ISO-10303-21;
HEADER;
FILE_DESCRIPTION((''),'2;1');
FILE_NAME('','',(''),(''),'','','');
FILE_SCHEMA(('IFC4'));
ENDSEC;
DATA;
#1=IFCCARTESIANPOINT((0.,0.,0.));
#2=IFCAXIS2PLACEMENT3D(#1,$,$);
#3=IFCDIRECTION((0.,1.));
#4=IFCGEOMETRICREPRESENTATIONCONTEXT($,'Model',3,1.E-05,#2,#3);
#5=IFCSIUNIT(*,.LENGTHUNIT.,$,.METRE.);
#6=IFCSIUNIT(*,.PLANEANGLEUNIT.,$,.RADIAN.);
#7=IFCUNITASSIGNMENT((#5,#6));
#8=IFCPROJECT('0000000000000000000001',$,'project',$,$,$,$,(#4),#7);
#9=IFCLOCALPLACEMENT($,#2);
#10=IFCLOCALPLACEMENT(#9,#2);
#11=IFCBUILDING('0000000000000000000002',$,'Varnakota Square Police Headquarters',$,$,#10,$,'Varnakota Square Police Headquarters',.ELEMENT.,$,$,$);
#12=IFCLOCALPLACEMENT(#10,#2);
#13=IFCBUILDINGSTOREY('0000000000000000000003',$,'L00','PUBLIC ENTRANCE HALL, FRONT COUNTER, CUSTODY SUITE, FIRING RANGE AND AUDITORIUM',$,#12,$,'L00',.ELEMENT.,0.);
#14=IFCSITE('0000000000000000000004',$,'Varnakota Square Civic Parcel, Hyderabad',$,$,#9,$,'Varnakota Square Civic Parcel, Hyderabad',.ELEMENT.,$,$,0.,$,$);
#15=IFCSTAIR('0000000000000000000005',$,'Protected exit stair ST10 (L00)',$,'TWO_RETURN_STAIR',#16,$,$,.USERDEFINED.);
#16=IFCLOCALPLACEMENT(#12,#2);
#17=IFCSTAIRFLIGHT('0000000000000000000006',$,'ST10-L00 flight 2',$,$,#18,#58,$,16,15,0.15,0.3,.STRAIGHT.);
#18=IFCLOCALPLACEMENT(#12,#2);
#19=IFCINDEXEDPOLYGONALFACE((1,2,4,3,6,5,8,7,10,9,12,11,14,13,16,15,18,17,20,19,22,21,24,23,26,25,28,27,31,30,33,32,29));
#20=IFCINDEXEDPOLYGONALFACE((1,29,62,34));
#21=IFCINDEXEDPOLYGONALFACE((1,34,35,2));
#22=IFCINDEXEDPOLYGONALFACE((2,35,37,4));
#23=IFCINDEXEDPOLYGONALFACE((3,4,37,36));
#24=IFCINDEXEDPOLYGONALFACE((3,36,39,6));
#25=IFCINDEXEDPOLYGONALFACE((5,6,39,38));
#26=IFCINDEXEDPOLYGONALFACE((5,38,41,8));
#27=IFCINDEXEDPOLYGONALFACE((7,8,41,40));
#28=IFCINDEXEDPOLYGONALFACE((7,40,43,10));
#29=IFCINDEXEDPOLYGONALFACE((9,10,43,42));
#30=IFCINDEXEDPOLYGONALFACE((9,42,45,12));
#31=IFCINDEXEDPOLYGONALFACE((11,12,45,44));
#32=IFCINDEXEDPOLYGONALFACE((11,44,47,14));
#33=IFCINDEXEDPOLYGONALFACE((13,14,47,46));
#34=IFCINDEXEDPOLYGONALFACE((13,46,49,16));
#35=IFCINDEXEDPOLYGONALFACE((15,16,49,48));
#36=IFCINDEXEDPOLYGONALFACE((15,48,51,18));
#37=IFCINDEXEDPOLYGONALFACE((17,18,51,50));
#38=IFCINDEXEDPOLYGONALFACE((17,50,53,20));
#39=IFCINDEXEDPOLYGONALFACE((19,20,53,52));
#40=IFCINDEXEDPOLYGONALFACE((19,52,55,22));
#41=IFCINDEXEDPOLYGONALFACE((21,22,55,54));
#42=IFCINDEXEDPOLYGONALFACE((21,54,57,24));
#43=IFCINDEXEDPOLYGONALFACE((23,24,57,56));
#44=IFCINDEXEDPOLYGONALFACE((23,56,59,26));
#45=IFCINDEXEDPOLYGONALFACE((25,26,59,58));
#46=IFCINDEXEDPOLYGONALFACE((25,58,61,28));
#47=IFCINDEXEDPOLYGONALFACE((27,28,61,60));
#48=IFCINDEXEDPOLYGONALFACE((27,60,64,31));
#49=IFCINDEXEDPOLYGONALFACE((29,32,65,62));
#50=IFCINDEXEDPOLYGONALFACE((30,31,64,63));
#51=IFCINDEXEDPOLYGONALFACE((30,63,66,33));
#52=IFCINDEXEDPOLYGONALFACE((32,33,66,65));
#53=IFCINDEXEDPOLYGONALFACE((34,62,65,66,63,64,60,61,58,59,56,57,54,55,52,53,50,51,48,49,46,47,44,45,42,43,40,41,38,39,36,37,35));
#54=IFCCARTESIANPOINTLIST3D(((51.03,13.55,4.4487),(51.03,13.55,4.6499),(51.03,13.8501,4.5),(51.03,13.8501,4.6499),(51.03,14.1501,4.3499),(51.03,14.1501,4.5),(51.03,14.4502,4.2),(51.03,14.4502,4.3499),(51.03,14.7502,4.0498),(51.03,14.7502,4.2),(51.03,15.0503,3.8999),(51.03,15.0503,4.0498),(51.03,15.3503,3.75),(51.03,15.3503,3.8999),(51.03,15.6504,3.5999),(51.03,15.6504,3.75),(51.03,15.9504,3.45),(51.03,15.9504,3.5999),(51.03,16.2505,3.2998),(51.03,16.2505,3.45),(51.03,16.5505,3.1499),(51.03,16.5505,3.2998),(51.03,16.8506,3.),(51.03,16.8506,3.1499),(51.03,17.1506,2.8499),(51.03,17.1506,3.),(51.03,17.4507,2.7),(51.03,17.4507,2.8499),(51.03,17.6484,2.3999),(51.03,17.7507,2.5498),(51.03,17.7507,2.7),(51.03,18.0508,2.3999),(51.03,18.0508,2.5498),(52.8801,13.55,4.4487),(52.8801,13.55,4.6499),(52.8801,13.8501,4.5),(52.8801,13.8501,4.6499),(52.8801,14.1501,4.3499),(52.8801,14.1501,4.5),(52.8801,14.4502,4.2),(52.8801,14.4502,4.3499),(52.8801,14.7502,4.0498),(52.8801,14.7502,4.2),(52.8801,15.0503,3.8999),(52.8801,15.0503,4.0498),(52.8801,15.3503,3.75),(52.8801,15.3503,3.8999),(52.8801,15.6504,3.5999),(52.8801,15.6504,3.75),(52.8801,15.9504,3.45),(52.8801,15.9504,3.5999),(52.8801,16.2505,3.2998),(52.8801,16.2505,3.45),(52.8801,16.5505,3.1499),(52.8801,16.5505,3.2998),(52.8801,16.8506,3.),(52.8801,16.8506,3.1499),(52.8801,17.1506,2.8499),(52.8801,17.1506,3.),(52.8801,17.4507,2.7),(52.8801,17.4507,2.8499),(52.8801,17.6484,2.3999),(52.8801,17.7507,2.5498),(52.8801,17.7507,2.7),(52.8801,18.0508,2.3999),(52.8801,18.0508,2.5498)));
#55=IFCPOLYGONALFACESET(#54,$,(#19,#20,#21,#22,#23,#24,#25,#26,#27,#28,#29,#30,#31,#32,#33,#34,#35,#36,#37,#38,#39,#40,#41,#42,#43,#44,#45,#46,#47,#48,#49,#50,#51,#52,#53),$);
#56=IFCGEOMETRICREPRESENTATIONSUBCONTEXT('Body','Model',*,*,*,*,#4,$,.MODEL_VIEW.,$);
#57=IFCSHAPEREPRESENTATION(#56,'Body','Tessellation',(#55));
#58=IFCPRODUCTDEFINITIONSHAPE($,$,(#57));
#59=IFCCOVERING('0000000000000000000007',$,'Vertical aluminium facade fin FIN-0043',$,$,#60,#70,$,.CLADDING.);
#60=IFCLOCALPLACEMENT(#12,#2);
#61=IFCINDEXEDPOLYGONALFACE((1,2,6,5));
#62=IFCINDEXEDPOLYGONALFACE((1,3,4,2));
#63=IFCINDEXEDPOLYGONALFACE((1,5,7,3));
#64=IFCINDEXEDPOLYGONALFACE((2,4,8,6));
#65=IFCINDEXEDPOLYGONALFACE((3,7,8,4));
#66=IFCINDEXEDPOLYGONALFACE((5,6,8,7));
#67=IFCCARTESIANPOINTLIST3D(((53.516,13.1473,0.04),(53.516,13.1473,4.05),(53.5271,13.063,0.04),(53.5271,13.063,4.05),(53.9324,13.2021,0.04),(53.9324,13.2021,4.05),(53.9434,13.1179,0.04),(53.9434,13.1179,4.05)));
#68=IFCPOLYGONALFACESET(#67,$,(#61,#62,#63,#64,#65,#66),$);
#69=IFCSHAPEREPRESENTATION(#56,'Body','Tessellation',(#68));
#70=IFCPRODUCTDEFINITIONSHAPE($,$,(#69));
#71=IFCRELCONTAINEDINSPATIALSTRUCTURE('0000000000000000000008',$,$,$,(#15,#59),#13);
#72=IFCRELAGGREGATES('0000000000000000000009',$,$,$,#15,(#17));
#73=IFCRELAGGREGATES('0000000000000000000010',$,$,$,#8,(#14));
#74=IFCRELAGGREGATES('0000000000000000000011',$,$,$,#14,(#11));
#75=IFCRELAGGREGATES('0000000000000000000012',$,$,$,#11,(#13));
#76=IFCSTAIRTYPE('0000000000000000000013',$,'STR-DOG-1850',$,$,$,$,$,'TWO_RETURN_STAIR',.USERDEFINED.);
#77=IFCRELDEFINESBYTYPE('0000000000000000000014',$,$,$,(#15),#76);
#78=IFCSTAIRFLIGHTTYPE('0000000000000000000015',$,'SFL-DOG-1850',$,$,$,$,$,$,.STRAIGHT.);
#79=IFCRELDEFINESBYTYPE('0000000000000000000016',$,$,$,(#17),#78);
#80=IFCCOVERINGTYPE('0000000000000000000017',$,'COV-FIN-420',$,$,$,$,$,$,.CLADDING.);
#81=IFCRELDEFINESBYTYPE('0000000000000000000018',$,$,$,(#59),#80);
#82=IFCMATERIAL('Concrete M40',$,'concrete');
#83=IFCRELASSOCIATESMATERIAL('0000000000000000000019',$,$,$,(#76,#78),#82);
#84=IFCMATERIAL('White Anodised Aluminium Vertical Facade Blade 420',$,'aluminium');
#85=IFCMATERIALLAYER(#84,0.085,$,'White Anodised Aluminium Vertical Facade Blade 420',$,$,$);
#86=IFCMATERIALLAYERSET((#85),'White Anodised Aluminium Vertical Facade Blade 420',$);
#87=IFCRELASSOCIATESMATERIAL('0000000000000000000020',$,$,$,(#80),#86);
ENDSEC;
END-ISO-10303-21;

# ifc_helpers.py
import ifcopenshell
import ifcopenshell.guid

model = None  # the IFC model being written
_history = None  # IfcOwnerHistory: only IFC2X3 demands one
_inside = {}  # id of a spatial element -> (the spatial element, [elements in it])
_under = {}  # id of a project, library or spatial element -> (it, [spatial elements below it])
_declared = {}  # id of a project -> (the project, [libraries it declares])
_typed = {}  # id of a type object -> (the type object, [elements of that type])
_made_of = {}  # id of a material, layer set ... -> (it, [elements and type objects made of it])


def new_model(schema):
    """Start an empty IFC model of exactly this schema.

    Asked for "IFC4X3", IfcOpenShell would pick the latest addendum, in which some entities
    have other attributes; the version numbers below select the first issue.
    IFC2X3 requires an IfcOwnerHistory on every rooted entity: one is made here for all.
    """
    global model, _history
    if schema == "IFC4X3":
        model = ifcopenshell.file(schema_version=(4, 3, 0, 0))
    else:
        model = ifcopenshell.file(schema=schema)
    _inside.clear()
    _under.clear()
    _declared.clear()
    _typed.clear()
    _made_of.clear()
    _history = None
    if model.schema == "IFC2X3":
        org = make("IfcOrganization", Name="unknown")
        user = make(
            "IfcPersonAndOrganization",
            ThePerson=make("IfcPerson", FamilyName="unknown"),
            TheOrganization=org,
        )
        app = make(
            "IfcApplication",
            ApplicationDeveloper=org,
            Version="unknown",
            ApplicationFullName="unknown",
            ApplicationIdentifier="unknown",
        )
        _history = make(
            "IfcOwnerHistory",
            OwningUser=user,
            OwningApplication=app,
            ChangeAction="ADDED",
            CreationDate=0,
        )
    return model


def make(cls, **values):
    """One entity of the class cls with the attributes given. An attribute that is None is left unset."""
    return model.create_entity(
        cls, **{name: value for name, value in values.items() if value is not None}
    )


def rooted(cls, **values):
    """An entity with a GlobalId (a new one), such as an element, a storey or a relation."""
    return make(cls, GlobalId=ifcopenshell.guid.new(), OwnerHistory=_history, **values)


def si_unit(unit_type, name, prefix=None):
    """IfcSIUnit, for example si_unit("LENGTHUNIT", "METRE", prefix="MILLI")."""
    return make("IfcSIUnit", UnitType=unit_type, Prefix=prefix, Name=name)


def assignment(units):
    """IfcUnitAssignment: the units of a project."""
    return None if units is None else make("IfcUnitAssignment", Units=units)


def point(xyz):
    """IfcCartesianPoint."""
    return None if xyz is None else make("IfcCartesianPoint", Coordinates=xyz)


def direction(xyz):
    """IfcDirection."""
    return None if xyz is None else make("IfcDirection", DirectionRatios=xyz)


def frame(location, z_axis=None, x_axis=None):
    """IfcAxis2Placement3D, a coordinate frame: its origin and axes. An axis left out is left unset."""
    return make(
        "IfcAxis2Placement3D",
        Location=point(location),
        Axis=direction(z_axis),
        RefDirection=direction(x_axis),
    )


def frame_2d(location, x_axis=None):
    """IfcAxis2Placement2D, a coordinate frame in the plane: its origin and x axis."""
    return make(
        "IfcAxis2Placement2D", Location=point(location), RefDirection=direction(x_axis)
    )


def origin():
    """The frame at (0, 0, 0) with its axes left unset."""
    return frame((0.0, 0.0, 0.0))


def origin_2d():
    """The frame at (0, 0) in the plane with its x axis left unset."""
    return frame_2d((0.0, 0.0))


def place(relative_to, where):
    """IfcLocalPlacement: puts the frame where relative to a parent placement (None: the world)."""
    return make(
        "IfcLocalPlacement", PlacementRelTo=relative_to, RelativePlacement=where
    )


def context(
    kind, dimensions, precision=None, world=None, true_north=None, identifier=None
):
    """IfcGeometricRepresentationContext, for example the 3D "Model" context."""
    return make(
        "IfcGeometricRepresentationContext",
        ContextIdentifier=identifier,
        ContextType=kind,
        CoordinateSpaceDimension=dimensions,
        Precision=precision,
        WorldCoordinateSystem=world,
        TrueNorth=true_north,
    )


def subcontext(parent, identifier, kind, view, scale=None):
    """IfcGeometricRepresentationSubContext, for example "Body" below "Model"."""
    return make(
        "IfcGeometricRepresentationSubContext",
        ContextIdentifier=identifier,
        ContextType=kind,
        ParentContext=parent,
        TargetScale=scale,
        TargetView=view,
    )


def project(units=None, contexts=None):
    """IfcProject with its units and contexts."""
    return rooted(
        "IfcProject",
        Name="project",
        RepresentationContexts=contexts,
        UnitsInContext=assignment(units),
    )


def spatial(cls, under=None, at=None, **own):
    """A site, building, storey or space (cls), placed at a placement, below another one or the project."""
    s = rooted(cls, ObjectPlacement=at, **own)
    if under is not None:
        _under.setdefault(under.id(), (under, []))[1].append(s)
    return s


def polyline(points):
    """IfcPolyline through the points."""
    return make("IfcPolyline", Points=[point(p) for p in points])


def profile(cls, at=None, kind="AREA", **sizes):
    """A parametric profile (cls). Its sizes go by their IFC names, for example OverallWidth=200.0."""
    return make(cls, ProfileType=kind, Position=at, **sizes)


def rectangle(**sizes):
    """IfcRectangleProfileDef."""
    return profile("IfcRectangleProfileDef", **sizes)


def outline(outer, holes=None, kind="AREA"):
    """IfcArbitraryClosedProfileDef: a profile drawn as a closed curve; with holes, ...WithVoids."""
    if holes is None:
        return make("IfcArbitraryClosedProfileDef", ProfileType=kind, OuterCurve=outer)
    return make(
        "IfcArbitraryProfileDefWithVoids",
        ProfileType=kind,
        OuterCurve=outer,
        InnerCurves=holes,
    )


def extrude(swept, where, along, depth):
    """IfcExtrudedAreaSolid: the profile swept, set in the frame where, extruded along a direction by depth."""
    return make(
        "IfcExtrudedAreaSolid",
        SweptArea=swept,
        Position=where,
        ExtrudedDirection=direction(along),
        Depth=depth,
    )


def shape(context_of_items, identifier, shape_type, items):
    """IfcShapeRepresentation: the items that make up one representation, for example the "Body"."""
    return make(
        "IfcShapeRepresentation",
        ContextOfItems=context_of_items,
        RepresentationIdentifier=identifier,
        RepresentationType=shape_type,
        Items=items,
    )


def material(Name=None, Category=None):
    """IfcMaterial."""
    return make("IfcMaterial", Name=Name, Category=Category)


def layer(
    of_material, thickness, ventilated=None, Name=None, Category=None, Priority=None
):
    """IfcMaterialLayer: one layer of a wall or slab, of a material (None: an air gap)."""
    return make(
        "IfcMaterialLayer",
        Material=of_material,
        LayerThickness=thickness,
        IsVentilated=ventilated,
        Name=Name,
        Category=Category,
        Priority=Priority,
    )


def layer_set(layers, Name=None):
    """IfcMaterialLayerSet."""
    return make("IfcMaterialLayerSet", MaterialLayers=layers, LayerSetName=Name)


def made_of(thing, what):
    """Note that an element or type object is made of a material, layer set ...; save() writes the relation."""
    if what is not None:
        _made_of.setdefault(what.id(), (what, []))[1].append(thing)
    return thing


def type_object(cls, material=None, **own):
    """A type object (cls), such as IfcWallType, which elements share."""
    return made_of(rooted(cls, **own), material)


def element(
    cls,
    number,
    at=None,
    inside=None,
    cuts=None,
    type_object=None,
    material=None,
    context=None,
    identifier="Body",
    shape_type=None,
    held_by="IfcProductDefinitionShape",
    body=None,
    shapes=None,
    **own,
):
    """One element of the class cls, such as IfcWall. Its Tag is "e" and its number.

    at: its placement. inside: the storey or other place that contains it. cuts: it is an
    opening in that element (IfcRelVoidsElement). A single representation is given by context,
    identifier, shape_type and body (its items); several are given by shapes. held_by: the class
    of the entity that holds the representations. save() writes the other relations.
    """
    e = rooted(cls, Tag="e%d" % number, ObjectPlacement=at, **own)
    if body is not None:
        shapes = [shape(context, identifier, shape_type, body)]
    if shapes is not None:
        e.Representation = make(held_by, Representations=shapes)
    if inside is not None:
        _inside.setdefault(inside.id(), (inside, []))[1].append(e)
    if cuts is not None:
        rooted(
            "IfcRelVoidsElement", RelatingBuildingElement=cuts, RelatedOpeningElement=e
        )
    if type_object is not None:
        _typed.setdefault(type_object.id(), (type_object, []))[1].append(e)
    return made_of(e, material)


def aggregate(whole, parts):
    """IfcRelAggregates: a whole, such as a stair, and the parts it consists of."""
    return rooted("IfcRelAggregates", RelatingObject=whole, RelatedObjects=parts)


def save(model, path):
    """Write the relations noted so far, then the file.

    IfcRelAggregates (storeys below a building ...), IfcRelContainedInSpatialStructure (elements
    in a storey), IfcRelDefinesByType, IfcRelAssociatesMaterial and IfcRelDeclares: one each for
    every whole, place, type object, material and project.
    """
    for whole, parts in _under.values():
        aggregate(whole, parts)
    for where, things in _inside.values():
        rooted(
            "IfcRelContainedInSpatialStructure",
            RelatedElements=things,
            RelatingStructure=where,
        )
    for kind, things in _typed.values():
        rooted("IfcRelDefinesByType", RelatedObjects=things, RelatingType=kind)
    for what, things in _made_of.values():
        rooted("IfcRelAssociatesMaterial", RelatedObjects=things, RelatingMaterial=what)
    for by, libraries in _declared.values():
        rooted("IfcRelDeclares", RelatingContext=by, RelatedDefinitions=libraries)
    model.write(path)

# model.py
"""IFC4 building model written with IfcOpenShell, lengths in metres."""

from ifc_helpers import new_model, si_unit, direction, frame, origin, origin_2d, place, context, subcontext, project, spatial, polyline, rectangle, outline, extrude, material, layer, layer_set, type_object, element, aggregate, save


model = new_model("IFC4")

# Units and contexts
model_context = context("Model", 3, precision=1e-05, world=origin(), true_north=direction((0.0, 1.0)))
body_context = subcontext(model_context, "Body", "Model", "MODEL_VIEW")
ifc_project = project(units=[si_unit("LENGTHUNIT", "METRE"), si_unit("PLANEANGLEUNIT", "RADIAN")], contexts=[model_context])

# Site, building, storey
site_placement = place(None, origin())
site = spatial("IfcSite", under=ifc_project, at=site_placement, Name="Varnakota Square Civic Parcel, Hyderabad", LongName="Varnakota Square Civic Parcel, Hyderabad", CompositionType="ELEMENT", RefElevation=0.0)
building_placement = place(site_placement, origin())
building = spatial("IfcBuilding", under=site, at=building_placement, Name="Varnakota Square Police Headquarters", LongName="Varnakota Square Police Headquarters", CompositionType="ELEMENT")
storey_placement = place(building_placement, origin())
storey = spatial("IfcBuildingStorey", under=building, at=storey_placement, Name="L00", Description="PUBLIC ENTRANCE HALL, FRONT COUNTER, CUSTODY SUITE, FIRING RANGE AND AUDITORIUM", LongName="L00", CompositionType="ELEMENT", Elevation=0.0)

# Shared definitions
ifc_material_1 = material(Name="Concrete M40", Category="concrete")

# Stair, stair flight
stair_type = type_object("IfcStairType", Name="STR-DOG-1850", ElementType="TWO_RETURN_STAIR", PredefinedType="USERDEFINED", material=ifc_material_1)
stair_placement = place(storey_placement, origin())
stair = element("IfcStair", 1, at=stair_placement, inside=storey, type_object=stair_type, Name="Protected exit stair ST10 (L00)", ObjectType="TWO_RETURN_STAIR", PredefinedType="USERDEFINED")
stair_flight_type = type_object("IfcStairFlightType", Name="SFL-DOG-1850", PredefinedType="STRAIGHT", material=ifc_material_1)
stair_flight_1_placement = place(storey_placement, frame((51.9551, 18.0508, 2.3999), z_axis=(0.0, 0.0, 1.0), x_axis=(0.0, -1.0, 0.0)))
stair_flight_1 = element("IfcStairFlight", 2, at=stair_flight_1_placement, type_object=stair_flight_type, Name="ST10-L00 flight 2", NumberOfRisers=16, NumberOfTreads=15, PredefinedType="STRAIGHT", RiserHeight=0.15, TreadLength=0.3, context=body_context, shape_type="SweptSolid", body=[
    extrude(outline(polyline([(0.0, 0.0), (0.0, 0.1499), (0.3, 0.1499), (0.3, 0.3), (0.6001, 0.3), (0.6001, 0.45), (0.9001, 0.45), (0.9001, 0.6001), (1.2002, 0.6001), (1.2002, 0.75), (1.5002, 0.75), (1.5002, 0.8999), (1.8003, 0.8999), (1.8003, 1.05), (2.1003, 1.05), (2.1003, 1.2), (2.4004, 1.2), (2.4004, 1.3501), (2.7004, 1.3501), (2.7004, 1.5), (3.0005, 1.5), (3.0005, 1.6499), (3.3005, 1.6499), (3.3005, 1.8), (3.6006, 1.8), (3.6006, 1.95), (3.9006, 1.95), (3.9006, 2.1001), (4.2007, 2.1001), (4.2007, 2.25), (4.5007, 2.25), (4.5007, 2.3999), (4.5007, 2.0488), (0.4023, 0.0), (0.0, 0.0)])), frame((0.0, 0.925, 0.0), z_axis=(0.0, -1.0, 0.0), x_axis=(1.0, 0.0, 0.0)), (0.0, 0.0, 1.0), 1.8501),
])
aggregate(stair, [stair_flight_1])

# Covering
ifc_material_2 = material(Name="White Anodised Aluminium Vertical Facade Blade 420", Category="aluminium")
ifc_layer_1 = layer(ifc_material_2, 0.085, Name="White Anodised Aluminium Vertical Facade Blade 420")
ifc_layer_set_1 = layer_set([ifc_layer_1], Name="White Anodised Aluminium Vertical Facade Blade 420")
covering_type = type_object("IfcCoveringType", Name="COV-FIN-420", PredefinedType="CLADDING", material=ifc_layer_set_1)
covering_placement = place(storey_placement, frame((53.7297, 13.1326, 0.04), z_axis=(0.0, 0.0, 1.0), x_axis=(0.130526, -0.991445, 0.0)))
element("IfcCovering", 3, at=covering_placement, inside=storey, type_object=covering_type, Name="Vertical aluminium facade fin FIN-0043", PredefinedType="CLADDING", context=body_context, shape_type="SweptSolid", body=[
    extrude(rectangle(XDim=0.085, YDim=0.4199, at=origin_2d()), origin(), (0.0, 0.0, 1.0), 4.01),
])

save(model, "model.ifc")
